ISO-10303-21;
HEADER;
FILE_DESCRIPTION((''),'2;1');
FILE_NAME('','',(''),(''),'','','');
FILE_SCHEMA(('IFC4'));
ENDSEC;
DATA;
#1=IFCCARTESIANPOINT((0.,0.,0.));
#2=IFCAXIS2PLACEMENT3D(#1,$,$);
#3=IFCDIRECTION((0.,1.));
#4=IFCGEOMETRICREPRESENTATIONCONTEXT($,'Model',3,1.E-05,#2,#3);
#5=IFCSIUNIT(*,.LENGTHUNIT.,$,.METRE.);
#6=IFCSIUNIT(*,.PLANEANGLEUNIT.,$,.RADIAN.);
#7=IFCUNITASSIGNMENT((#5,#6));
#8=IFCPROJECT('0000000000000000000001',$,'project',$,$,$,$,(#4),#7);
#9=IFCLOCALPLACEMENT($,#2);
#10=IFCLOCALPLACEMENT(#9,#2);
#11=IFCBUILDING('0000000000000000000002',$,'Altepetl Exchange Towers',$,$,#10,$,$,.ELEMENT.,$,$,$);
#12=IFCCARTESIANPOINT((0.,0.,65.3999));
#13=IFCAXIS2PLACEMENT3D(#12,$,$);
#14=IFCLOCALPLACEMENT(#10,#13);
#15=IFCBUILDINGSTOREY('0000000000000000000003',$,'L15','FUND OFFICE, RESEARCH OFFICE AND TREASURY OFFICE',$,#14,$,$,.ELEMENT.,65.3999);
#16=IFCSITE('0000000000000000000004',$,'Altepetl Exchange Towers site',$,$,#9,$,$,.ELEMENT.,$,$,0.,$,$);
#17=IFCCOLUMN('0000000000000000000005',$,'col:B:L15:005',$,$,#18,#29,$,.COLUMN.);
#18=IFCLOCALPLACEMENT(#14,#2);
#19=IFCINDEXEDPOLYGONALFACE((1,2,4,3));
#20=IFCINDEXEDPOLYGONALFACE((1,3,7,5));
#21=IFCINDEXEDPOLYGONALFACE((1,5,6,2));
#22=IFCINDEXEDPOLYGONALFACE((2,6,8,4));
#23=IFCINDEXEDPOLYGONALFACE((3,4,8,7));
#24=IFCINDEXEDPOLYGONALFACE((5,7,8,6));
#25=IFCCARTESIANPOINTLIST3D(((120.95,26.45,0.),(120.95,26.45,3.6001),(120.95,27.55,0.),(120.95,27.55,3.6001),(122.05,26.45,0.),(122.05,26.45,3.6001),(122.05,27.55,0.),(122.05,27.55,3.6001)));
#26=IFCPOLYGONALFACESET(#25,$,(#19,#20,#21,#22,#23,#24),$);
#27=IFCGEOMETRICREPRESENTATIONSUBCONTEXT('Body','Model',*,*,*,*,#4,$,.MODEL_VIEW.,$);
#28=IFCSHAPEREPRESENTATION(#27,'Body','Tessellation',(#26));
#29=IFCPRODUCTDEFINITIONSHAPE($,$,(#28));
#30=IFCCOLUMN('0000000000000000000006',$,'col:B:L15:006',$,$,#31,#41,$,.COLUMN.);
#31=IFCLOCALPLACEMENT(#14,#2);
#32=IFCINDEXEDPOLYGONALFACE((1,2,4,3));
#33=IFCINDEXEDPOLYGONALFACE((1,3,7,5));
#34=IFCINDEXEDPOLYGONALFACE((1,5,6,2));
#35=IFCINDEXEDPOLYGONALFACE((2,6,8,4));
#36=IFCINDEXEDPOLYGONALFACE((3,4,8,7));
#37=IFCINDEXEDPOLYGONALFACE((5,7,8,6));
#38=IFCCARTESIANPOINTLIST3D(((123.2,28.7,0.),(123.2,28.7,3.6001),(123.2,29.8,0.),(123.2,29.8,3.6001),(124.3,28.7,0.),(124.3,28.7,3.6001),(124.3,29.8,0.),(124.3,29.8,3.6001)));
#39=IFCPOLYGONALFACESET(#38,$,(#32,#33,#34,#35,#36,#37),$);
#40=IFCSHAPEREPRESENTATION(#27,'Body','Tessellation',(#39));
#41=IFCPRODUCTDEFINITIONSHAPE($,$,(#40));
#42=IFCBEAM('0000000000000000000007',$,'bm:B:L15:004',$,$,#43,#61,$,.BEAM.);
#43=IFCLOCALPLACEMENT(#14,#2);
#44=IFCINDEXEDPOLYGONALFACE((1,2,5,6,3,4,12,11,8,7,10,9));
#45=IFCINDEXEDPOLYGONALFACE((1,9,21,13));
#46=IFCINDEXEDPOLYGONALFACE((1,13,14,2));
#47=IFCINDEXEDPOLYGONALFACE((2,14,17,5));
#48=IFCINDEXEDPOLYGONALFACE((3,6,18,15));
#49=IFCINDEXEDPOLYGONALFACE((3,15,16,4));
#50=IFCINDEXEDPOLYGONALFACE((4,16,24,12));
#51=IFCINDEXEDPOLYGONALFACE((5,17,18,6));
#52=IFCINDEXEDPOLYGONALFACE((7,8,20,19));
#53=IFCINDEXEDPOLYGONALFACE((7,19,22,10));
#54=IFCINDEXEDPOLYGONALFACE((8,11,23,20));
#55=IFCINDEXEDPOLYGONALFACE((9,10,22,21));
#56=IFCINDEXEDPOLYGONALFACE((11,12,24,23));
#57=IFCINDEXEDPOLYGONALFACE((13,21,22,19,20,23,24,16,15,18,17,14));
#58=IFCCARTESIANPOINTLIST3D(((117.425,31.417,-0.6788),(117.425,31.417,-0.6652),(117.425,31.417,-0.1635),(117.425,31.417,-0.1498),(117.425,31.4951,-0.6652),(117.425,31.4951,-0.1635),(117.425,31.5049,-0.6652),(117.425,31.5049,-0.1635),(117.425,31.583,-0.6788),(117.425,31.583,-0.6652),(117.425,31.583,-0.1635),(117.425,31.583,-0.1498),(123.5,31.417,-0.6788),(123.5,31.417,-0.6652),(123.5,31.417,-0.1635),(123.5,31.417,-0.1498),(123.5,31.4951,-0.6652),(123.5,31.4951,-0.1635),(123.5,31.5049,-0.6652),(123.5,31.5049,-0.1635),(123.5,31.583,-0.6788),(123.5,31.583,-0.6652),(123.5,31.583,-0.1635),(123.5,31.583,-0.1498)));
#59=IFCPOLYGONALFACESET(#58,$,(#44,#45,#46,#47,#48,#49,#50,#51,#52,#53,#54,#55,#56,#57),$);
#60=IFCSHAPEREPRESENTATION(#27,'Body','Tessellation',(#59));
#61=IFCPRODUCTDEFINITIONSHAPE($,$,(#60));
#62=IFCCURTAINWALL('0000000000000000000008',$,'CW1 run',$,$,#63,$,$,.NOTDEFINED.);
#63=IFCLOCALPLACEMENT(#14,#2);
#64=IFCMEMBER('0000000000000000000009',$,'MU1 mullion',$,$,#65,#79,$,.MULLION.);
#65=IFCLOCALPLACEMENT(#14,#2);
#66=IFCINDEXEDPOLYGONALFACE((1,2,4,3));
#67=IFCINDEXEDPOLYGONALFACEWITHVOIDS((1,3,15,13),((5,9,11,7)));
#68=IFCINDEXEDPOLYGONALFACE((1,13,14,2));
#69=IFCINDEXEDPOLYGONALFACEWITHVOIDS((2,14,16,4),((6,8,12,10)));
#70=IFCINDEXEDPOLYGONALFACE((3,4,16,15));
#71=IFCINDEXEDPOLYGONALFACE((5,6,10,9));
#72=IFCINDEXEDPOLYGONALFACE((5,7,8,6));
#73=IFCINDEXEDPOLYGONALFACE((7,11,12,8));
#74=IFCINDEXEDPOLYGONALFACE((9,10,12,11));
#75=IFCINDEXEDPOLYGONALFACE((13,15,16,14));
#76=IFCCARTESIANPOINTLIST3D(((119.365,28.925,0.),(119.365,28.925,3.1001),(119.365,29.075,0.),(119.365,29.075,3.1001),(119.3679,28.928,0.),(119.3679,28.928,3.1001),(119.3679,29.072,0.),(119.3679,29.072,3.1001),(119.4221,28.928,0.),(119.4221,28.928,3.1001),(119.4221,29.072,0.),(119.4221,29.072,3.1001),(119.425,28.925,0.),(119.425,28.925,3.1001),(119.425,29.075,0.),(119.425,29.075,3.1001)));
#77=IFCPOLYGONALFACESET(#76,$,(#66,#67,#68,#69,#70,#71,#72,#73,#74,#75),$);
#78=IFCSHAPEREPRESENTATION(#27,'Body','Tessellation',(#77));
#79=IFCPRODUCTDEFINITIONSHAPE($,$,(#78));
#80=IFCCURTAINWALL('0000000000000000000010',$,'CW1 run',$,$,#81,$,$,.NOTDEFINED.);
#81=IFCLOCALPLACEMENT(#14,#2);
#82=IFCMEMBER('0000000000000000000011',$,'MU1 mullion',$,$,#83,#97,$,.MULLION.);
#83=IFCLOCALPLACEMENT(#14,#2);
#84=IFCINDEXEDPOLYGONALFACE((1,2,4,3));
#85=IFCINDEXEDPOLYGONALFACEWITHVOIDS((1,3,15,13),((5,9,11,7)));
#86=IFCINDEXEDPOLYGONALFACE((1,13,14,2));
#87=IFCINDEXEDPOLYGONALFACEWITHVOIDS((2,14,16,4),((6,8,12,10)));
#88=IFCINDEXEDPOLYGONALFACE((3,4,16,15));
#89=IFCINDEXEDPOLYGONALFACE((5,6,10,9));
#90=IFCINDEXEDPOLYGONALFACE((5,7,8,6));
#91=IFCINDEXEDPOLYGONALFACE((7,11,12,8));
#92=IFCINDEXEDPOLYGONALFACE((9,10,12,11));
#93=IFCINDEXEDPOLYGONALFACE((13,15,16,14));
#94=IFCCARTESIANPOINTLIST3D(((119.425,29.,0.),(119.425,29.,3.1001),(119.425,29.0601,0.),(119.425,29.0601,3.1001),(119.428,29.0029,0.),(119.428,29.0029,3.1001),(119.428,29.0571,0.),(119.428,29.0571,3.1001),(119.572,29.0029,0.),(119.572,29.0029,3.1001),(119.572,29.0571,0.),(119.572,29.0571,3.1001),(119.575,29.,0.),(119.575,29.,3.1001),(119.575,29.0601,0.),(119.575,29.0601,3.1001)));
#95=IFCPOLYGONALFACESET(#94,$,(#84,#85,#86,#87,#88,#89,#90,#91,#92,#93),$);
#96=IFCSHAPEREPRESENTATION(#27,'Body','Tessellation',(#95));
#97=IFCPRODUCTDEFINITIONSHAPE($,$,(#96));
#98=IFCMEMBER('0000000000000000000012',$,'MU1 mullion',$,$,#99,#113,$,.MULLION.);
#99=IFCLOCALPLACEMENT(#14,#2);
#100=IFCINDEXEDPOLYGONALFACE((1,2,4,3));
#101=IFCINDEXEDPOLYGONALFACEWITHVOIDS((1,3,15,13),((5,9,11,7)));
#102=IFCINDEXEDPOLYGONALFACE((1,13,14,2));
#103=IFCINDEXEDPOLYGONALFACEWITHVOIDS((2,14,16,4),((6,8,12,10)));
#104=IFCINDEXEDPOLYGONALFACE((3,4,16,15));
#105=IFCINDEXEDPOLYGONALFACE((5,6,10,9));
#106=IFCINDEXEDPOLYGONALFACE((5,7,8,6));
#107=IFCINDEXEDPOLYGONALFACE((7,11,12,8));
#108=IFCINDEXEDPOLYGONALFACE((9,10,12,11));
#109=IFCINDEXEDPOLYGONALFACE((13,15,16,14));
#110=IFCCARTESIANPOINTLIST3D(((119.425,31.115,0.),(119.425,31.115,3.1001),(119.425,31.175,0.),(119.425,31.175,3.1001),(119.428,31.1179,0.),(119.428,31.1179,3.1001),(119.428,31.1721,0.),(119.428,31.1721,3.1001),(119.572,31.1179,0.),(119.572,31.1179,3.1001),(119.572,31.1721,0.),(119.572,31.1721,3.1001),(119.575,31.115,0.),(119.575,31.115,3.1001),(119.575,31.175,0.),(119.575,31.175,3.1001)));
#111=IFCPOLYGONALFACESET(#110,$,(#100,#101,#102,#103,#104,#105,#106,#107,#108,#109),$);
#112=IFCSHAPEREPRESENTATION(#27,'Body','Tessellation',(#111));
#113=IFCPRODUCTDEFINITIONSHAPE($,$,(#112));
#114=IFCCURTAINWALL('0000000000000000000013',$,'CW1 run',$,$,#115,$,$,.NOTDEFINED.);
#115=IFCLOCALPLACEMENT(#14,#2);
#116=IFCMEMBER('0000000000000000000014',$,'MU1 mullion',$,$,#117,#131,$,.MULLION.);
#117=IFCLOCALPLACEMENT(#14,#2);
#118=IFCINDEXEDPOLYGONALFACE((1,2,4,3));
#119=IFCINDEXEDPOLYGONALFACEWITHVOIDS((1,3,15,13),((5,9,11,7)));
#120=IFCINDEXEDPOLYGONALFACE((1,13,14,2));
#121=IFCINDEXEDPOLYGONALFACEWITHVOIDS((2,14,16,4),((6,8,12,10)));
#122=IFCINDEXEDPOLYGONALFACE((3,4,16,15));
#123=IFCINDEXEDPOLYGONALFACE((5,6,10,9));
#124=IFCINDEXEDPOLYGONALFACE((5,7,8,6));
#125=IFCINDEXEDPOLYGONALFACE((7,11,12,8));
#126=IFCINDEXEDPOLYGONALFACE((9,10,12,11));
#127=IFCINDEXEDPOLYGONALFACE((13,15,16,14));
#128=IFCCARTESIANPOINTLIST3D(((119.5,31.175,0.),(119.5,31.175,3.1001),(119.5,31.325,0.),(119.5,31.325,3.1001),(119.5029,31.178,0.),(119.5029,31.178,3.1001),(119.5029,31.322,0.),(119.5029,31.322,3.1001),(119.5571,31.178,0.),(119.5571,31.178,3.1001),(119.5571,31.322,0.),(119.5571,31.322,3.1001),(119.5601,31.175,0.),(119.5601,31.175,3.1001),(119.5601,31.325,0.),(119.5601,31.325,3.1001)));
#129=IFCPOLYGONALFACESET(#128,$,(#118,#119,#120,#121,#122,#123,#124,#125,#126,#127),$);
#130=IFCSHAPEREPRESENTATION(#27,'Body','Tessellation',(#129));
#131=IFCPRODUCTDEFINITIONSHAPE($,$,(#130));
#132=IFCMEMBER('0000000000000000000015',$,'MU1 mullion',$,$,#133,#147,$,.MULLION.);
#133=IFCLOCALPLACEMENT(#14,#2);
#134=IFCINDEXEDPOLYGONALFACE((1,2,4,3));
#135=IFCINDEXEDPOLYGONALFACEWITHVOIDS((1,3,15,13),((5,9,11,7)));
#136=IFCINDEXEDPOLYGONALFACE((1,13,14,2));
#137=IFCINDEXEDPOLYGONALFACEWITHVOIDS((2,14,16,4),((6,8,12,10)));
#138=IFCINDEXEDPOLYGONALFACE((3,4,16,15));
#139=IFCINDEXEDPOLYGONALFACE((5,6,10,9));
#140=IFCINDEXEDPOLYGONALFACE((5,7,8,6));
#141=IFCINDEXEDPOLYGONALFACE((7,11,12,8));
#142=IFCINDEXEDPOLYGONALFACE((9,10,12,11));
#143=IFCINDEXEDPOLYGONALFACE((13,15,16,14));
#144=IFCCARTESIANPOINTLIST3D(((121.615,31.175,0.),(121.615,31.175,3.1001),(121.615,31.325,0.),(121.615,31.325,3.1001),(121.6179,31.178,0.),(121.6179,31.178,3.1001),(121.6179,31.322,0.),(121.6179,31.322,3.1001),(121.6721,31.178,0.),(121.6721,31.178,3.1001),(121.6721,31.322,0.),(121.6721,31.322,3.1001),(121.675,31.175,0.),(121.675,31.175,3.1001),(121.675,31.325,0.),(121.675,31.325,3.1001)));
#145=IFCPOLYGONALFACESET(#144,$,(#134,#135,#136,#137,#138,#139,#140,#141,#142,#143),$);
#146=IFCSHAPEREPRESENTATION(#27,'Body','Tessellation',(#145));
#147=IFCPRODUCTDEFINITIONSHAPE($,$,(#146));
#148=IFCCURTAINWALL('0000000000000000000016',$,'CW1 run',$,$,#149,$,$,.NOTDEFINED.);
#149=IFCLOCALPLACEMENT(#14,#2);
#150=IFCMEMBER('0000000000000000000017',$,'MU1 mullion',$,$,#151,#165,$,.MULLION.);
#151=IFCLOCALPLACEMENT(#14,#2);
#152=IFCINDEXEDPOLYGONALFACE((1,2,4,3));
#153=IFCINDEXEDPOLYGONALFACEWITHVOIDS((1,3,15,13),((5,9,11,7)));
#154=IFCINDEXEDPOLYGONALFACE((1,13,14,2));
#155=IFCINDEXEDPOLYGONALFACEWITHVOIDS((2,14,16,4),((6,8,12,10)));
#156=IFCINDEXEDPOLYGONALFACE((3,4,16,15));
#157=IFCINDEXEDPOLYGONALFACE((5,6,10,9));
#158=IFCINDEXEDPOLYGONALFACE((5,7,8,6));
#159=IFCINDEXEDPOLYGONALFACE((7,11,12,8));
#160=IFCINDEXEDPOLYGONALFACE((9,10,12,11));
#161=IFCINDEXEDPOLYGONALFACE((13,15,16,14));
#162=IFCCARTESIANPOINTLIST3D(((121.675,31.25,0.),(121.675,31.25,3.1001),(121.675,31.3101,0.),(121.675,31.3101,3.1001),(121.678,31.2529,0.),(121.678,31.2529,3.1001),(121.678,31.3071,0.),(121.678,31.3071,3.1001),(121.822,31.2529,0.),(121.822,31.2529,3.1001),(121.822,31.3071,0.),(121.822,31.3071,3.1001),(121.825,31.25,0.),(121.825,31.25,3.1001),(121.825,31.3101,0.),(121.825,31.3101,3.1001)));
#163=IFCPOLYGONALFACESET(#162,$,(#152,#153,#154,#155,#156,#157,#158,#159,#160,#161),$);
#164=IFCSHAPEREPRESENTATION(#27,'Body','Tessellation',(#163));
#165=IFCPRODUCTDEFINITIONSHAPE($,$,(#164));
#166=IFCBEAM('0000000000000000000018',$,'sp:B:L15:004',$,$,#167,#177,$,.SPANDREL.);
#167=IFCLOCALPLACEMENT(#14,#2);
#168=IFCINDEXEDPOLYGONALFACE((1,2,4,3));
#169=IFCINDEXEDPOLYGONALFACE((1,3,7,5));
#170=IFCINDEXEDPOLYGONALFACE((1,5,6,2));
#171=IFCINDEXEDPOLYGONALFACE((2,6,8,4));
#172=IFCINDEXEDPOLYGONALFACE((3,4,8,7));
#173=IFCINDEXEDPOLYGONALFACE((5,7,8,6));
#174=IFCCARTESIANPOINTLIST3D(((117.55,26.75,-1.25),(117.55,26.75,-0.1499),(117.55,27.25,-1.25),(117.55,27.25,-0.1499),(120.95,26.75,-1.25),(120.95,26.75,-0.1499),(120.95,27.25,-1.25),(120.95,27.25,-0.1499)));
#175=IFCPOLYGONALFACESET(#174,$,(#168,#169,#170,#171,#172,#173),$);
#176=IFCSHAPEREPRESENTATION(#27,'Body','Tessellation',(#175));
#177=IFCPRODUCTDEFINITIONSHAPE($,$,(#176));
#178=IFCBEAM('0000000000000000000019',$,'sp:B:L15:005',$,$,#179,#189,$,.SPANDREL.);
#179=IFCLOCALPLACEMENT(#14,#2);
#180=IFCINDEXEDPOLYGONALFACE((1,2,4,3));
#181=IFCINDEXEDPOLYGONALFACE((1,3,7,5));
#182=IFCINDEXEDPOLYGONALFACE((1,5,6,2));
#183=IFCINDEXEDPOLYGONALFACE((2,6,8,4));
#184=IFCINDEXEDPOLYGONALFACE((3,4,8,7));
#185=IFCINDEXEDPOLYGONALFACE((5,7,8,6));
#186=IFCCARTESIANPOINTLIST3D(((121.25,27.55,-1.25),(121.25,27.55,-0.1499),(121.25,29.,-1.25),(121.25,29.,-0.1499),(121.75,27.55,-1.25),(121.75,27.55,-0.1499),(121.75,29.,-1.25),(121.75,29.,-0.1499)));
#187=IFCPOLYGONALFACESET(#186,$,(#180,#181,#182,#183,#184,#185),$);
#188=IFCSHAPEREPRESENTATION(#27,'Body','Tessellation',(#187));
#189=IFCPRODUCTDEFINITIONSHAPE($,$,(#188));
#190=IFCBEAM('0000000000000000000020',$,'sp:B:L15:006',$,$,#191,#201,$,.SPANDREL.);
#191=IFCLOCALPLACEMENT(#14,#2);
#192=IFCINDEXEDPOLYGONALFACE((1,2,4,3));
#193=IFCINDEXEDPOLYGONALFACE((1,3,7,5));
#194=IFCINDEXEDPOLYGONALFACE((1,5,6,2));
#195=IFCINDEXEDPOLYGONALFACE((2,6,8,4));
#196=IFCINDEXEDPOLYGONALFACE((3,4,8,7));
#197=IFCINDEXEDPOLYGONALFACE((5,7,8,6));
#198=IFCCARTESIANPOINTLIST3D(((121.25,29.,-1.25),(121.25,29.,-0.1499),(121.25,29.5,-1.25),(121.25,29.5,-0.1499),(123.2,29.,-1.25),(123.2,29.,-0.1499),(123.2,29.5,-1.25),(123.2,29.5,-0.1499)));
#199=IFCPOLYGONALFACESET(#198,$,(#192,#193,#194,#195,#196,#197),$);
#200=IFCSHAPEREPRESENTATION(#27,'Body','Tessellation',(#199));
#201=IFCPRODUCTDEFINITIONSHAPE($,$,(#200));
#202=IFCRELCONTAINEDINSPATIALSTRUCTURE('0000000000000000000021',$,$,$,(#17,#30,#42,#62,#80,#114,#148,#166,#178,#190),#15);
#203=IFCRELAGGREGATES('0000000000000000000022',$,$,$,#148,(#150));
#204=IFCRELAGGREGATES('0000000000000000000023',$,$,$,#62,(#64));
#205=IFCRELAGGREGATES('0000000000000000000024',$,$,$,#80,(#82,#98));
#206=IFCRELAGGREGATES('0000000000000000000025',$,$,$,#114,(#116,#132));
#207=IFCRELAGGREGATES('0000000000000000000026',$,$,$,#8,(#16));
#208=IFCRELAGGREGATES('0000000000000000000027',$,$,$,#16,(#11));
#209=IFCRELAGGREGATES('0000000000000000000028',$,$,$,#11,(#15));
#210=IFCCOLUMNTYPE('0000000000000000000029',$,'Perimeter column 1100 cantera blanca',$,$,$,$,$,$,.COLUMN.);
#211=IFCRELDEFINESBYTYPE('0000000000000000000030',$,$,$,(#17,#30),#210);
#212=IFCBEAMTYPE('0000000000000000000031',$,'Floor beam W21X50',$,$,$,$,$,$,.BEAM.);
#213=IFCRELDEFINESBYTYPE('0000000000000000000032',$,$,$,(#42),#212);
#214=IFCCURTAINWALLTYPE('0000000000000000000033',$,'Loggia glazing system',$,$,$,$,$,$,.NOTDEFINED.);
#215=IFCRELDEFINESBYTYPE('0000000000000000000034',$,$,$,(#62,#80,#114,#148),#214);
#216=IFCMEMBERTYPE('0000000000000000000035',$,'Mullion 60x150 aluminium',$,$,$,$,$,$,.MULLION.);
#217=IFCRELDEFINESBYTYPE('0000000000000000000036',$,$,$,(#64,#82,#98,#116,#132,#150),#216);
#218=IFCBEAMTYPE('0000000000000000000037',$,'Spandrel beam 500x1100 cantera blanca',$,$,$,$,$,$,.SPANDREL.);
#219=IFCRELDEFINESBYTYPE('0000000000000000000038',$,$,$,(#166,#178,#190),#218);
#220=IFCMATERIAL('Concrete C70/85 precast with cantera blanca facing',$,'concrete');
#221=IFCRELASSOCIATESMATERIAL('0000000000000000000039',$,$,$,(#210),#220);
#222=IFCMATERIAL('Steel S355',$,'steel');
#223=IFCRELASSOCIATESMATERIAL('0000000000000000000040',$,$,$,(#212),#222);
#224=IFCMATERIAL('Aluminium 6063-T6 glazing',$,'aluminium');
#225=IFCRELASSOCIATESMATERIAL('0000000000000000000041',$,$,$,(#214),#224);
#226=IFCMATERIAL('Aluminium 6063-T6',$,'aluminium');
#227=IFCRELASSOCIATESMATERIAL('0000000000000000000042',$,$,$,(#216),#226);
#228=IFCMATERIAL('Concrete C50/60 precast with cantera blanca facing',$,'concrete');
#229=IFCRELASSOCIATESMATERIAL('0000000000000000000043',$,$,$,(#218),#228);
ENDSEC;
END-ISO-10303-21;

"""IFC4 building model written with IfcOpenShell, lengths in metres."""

from ifc_helpers import new_model, si_unit, direction, frame, origin, origin_2d, place, context, subcontext, project, spatial, rectangle, hollow_rectangle, i_section, extrude, material, material_profile, profile_set, type_object, element, aggregate, save


model = new_model("IFC4")

# Units and contexts
model_context = context("Model", 3, precision=1e-05, world=origin(), true_north=direction((0.0, 1.0)))
body_context = subcontext(model_context, "Body", "Model", "MODEL_VIEW")
ifc_project = project(units=[si_unit("LENGTHUNIT", "METRE"), si_unit("PLANEANGLEUNIT", "RADIAN")], contexts=[model_context])

# Site, building, storey
site_placement = place(None, origin())
site = spatial("IfcSite", under=ifc_project, at=site_placement, Name="Altepetl Exchange Towers site", CompositionType="ELEMENT", RefElevation=0.0)
building_placement = place(site_placement, origin())
building = spatial("IfcBuilding", under=site, at=building_placement, Name="Altepetl Exchange Towers", CompositionType="ELEMENT")
storey_placement = place(building_placement, frame((0.0, 0.0, 65.3999)))
storey = spatial("IfcBuildingStorey", under=building, at=storey_placement, Name="L15", Description="FUND OFFICE, RESEARCH OFFICE AND TREASURY OFFICE", CompositionType="ELEMENT", Elevation=65.3999)

# Columns
ifc_material_1 = material(Name="Concrete C70/85 precast with cantera blanca facing", Category="concrete")
ifc_material_profile_1 = material_profile(ifc_material_1, rectangle(XDim=1.1001, YDim=1.1001, at=origin_2d()), Name="1100 x 1100")
ifc_profile_set_1 = profile_set([ifc_material_profile_1], Name="Concrete C70/85 precast with cantera blanca facing")
column_type = type_object("IfcColumnType", Name="Perimeter column 1100 cantera blanca", PredefinedType="COLUMN", material=ifc_profile_set_1)
for number, where, name in (
    (1, (121.5, 27.0, 0.0), "col:B:L15:005"),
    (2, (123.75, 29.25, 0.0), "col:B:L15:006"),
):
    element("IfcColumn", number, at=place(storey_placement, frame(where)), inside=storey, type_object=column_type, Name=name, PredefinedType="COLUMN", context=body_context, shape_type="SweptSolid", body=[
        extrude(rectangle(XDim=1.1001, YDim=1.1001, at=origin_2d()), origin(), (0.0, 0.0, 1.0), 3.6001),
    ])

# Beam
ifc_material_2 = material(Name="Steel S355", Category="steel")
ifc_material_profile_2 = material_profile(ifc_material_2, i_section(OverallWidth=0.166, OverallDepth=0.5291, WebThickness=0.0098, FlangeThickness=0.0137, at=origin_2d()), Name="W21X50")
ifc_profile_set_2 = profile_set([ifc_material_profile_2], Name="Steel S355")
beam_type_1 = type_object("IfcBeamType", Name="Floor beam W21X50", PredefinedType="BEAM", material=ifc_profile_set_2)
beam_1_placement = place(storey_placement, frame((117.425, 31.5, -0.4143), z_axis=(1.0, 0.0, 0.0), x_axis=(0.0, 1.0, 0.0)))
element("IfcBeam", 3, at=beam_1_placement, inside=storey, type_object=beam_type_1, Name="bm:B:L15:004", PredefinedType="BEAM", context=body_context, shape_type="SweptSolid", body=[
    extrude(i_section(OverallWidth=0.166, OverallDepth=0.5291, WebThickness=0.0098, FlangeThickness=0.0137, at=origin_2d()), origin(), (0.0, 0.0, 1.0), 6.075),
])

# Curtain wall, member
ifc_material_3 = material(Name="Aluminium 6063-T6 glazing", Category="aluminium")
curtain_wall_type = type_object("IfcCurtainWallType", Name="Loggia glazing system", PredefinedType="NOTDEFINED", material=ifc_material_3)
curtain_wall_1_placement = place(storey_placement, origin())
curtain_wall_1 = element("IfcCurtainWall", 4, at=curtain_wall_1_placement, inside=storey, type_object=curtain_wall_type, Name="CW1 run", PredefinedType="NOTDEFINED")
ifc_material_4 = material(Name="Aluminium 6063-T6", Category="aluminium")
ifc_material_profile_3 = material_profile(ifc_material_4, hollow_rectangle(XDim=0.0601, YDim=0.1499, WallThickness=0.0029, at=origin_2d()), Name="Mullion 60x150 aluminium")
ifc_profile_set_3 = profile_set([ifc_material_profile_3], Name="Aluminium 6063-T6")
member_type = type_object("IfcMemberType", Name="Mullion 60x150 aluminium", PredefinedType="MULLION", material=ifc_profile_set_3)
member_1_placement = place(storey_placement, frame((119.395, 29.0, 0.0)))
member_1 = element("IfcMember", 5, at=member_1_placement, type_object=member_type, Name="MU1 mullion", PredefinedType="MULLION", context=body_context, shape_type="SweptSolid", body=[
    extrude(hollow_rectangle(XDim=0.0601, YDim=0.1499, WallThickness=0.0029, at=origin_2d()), origin(), (0.0, 0.0, 1.0), 3.1001),
])

# Curtain walls, members
curtain_wall_2_placement = place(storey_placement, origin())
curtain_wall_2 = element("IfcCurtainWall", 6, at=curtain_wall_2_placement, inside=storey, type_object=curtain_wall_type, Name="CW1 run", PredefinedType="NOTDEFINED")
member_2_placement = place(storey_placement, frame((119.5, 29.03, 0.0), z_axis=(0.0, 0.0, 1.0), x_axis=(0.0, 1.0, 0.0)))
member_2 = element("IfcMember", 7, at=member_2_placement, type_object=member_type, Name="MU1 mullion", PredefinedType="MULLION", context=body_context, shape_type="SweptSolid", body=[
    extrude(hollow_rectangle(XDim=0.0601, YDim=0.1499, WallThickness=0.0029, at=origin_2d()), origin(), (0.0, 0.0, 1.0), 3.1001),
])
member_3_placement = place(storey_placement, frame((119.5, 31.145, 0.0), z_axis=(0.0, 0.0, 1.0), x_axis=(0.0, 1.0, 0.0)))
member_3 = element("IfcMember", 8, at=member_3_placement, type_object=member_type, Name="MU1 mullion", PredefinedType="MULLION", context=body_context, shape_type="SweptSolid", body=[
    extrude(hollow_rectangle(XDim=0.0601, YDim=0.1499, WallThickness=0.0029, at=origin_2d()), origin(), (0.0, 0.0, 1.0), 3.1001),
])
curtain_wall_3_placement = place(storey_placement, origin())
curtain_wall_3 = element("IfcCurtainWall", 9, at=curtain_wall_3_placement, inside=storey, type_object=curtain_wall_type, Name="CW1 run", PredefinedType="NOTDEFINED")
member_4_placement = place(storey_placement, frame((119.53, 31.25, 0.0)))
member_4 = element("IfcMember", 10, at=member_4_placement, type_object=member_type, Name="MU1 mullion", PredefinedType="MULLION", context=body_context, shape_type="SweptSolid", body=[
    extrude(hollow_rectangle(XDim=0.0601, YDim=0.1499, WallThickness=0.0029, at=origin_2d()), origin(), (0.0, 0.0, 1.0), 3.1001),
])
member_5_placement = place(storey_placement, frame((121.645, 31.25, 0.0)))
member_5 = element("IfcMember", 11, at=member_5_placement, type_object=member_type, Name="MU1 mullion", PredefinedType="MULLION", context=body_context, shape_type="SweptSolid", body=[
    extrude(hollow_rectangle(XDim=0.0601, YDim=0.1499, WallThickness=0.0029, at=origin_2d()), origin(), (0.0, 0.0, 1.0), 3.1001),
])

# Curtain wall, member
curtain_wall_4_placement = place(storey_placement, origin())
curtain_wall_4 = element("IfcCurtainWall", 12, at=curtain_wall_4_placement, inside=storey, type_object=curtain_wall_type, Name="CW1 run", PredefinedType="NOTDEFINED")
member_6_placement = place(storey_placement, frame((121.75, 31.28, 0.0), z_axis=(0.0, 0.0, 1.0), x_axis=(0.0, 1.0, 0.0)))
member_6 = element("IfcMember", 13, at=member_6_placement, type_object=member_type, Name="MU1 mullion", PredefinedType="MULLION", context=body_context, shape_type="SweptSolid", body=[
    extrude(hollow_rectangle(XDim=0.0601, YDim=0.1499, WallThickness=0.0029, at=origin_2d()), origin(), (0.0, 0.0, 1.0), 3.1001),
])
aggregate(curtain_wall_4, [member_6])

# Beams
ifc_material_5 = material(Name="Concrete C50/60 precast with cantera blanca facing", Category="concrete")
ifc_material_profile_4 = material_profile(ifc_material_5, rectangle(XDim=0.5, YDim=1.1001, at=origin_2d()), Name="500 x 1100")
ifc_profile_set_4 = profile_set([ifc_material_profile_4], Name="Concrete C50/60 precast with cantera blanca facing")
beam_type_2 = type_object("IfcBeamType", Name="Spandrel beam 500x1100 cantera blanca", PredefinedType="SPANDREL", material=ifc_profile_set_4)
beam_2_placement = place(storey_placement, frame((117.55, 27.0, -0.7), z_axis=(1.0, 0.0, 0.0), x_axis=(0.0, 1.0, 0.0)))
element("IfcBeam", 14, at=beam_2_placement, inside=storey, type_object=beam_type_2, Name="sp:B:L15:004", PredefinedType="SPANDREL", context=body_context, shape_type="SweptSolid", body=[
    extrude(rectangle(XDim=0.5, YDim=1.1001, at=origin_2d()), origin(), (0.0, 0.0, 1.0), 3.3999),
])
beam_3_placement = place(storey_placement, frame((121.5, 27.55, -0.7), z_axis=(0.0, 1.0, 0.0), x_axis=(-1.0, 0.0, 0.0)))
element("IfcBeam", 15, at=beam_3_placement, inside=storey, type_object=beam_type_2, Name="sp:B:L15:005", PredefinedType="SPANDREL", context=body_context, shape_type="SweptSolid", body=[
    extrude(rectangle(XDim=0.5, YDim=1.1001, at=origin_2d()), origin(), (0.0, 0.0, 1.0), 1.45),
])
beam_4_placement = place(storey_placement, frame((121.25, 29.25, -0.7), z_axis=(1.0, 0.0, 0.0), x_axis=(0.0, 1.0, 0.0)))
element("IfcBeam", 16, at=beam_4_placement, inside=storey, type_object=beam_type_2, Name="sp:B:L15:006", PredefinedType="SPANDREL", context=body_context, shape_type="SweptSolid", body=[
    extrude(rectangle(XDim=0.5, YDim=1.1001, at=origin_2d()), origin(), (0.0, 0.0, 1.0), 1.95),
])

aggregate(curtain_wall_1, [member_1])
aggregate(curtain_wall_2, [member_2, member_3])
aggregate(curtain_wall_3, [member_4, member_5])

save(model, "model.ifc")
